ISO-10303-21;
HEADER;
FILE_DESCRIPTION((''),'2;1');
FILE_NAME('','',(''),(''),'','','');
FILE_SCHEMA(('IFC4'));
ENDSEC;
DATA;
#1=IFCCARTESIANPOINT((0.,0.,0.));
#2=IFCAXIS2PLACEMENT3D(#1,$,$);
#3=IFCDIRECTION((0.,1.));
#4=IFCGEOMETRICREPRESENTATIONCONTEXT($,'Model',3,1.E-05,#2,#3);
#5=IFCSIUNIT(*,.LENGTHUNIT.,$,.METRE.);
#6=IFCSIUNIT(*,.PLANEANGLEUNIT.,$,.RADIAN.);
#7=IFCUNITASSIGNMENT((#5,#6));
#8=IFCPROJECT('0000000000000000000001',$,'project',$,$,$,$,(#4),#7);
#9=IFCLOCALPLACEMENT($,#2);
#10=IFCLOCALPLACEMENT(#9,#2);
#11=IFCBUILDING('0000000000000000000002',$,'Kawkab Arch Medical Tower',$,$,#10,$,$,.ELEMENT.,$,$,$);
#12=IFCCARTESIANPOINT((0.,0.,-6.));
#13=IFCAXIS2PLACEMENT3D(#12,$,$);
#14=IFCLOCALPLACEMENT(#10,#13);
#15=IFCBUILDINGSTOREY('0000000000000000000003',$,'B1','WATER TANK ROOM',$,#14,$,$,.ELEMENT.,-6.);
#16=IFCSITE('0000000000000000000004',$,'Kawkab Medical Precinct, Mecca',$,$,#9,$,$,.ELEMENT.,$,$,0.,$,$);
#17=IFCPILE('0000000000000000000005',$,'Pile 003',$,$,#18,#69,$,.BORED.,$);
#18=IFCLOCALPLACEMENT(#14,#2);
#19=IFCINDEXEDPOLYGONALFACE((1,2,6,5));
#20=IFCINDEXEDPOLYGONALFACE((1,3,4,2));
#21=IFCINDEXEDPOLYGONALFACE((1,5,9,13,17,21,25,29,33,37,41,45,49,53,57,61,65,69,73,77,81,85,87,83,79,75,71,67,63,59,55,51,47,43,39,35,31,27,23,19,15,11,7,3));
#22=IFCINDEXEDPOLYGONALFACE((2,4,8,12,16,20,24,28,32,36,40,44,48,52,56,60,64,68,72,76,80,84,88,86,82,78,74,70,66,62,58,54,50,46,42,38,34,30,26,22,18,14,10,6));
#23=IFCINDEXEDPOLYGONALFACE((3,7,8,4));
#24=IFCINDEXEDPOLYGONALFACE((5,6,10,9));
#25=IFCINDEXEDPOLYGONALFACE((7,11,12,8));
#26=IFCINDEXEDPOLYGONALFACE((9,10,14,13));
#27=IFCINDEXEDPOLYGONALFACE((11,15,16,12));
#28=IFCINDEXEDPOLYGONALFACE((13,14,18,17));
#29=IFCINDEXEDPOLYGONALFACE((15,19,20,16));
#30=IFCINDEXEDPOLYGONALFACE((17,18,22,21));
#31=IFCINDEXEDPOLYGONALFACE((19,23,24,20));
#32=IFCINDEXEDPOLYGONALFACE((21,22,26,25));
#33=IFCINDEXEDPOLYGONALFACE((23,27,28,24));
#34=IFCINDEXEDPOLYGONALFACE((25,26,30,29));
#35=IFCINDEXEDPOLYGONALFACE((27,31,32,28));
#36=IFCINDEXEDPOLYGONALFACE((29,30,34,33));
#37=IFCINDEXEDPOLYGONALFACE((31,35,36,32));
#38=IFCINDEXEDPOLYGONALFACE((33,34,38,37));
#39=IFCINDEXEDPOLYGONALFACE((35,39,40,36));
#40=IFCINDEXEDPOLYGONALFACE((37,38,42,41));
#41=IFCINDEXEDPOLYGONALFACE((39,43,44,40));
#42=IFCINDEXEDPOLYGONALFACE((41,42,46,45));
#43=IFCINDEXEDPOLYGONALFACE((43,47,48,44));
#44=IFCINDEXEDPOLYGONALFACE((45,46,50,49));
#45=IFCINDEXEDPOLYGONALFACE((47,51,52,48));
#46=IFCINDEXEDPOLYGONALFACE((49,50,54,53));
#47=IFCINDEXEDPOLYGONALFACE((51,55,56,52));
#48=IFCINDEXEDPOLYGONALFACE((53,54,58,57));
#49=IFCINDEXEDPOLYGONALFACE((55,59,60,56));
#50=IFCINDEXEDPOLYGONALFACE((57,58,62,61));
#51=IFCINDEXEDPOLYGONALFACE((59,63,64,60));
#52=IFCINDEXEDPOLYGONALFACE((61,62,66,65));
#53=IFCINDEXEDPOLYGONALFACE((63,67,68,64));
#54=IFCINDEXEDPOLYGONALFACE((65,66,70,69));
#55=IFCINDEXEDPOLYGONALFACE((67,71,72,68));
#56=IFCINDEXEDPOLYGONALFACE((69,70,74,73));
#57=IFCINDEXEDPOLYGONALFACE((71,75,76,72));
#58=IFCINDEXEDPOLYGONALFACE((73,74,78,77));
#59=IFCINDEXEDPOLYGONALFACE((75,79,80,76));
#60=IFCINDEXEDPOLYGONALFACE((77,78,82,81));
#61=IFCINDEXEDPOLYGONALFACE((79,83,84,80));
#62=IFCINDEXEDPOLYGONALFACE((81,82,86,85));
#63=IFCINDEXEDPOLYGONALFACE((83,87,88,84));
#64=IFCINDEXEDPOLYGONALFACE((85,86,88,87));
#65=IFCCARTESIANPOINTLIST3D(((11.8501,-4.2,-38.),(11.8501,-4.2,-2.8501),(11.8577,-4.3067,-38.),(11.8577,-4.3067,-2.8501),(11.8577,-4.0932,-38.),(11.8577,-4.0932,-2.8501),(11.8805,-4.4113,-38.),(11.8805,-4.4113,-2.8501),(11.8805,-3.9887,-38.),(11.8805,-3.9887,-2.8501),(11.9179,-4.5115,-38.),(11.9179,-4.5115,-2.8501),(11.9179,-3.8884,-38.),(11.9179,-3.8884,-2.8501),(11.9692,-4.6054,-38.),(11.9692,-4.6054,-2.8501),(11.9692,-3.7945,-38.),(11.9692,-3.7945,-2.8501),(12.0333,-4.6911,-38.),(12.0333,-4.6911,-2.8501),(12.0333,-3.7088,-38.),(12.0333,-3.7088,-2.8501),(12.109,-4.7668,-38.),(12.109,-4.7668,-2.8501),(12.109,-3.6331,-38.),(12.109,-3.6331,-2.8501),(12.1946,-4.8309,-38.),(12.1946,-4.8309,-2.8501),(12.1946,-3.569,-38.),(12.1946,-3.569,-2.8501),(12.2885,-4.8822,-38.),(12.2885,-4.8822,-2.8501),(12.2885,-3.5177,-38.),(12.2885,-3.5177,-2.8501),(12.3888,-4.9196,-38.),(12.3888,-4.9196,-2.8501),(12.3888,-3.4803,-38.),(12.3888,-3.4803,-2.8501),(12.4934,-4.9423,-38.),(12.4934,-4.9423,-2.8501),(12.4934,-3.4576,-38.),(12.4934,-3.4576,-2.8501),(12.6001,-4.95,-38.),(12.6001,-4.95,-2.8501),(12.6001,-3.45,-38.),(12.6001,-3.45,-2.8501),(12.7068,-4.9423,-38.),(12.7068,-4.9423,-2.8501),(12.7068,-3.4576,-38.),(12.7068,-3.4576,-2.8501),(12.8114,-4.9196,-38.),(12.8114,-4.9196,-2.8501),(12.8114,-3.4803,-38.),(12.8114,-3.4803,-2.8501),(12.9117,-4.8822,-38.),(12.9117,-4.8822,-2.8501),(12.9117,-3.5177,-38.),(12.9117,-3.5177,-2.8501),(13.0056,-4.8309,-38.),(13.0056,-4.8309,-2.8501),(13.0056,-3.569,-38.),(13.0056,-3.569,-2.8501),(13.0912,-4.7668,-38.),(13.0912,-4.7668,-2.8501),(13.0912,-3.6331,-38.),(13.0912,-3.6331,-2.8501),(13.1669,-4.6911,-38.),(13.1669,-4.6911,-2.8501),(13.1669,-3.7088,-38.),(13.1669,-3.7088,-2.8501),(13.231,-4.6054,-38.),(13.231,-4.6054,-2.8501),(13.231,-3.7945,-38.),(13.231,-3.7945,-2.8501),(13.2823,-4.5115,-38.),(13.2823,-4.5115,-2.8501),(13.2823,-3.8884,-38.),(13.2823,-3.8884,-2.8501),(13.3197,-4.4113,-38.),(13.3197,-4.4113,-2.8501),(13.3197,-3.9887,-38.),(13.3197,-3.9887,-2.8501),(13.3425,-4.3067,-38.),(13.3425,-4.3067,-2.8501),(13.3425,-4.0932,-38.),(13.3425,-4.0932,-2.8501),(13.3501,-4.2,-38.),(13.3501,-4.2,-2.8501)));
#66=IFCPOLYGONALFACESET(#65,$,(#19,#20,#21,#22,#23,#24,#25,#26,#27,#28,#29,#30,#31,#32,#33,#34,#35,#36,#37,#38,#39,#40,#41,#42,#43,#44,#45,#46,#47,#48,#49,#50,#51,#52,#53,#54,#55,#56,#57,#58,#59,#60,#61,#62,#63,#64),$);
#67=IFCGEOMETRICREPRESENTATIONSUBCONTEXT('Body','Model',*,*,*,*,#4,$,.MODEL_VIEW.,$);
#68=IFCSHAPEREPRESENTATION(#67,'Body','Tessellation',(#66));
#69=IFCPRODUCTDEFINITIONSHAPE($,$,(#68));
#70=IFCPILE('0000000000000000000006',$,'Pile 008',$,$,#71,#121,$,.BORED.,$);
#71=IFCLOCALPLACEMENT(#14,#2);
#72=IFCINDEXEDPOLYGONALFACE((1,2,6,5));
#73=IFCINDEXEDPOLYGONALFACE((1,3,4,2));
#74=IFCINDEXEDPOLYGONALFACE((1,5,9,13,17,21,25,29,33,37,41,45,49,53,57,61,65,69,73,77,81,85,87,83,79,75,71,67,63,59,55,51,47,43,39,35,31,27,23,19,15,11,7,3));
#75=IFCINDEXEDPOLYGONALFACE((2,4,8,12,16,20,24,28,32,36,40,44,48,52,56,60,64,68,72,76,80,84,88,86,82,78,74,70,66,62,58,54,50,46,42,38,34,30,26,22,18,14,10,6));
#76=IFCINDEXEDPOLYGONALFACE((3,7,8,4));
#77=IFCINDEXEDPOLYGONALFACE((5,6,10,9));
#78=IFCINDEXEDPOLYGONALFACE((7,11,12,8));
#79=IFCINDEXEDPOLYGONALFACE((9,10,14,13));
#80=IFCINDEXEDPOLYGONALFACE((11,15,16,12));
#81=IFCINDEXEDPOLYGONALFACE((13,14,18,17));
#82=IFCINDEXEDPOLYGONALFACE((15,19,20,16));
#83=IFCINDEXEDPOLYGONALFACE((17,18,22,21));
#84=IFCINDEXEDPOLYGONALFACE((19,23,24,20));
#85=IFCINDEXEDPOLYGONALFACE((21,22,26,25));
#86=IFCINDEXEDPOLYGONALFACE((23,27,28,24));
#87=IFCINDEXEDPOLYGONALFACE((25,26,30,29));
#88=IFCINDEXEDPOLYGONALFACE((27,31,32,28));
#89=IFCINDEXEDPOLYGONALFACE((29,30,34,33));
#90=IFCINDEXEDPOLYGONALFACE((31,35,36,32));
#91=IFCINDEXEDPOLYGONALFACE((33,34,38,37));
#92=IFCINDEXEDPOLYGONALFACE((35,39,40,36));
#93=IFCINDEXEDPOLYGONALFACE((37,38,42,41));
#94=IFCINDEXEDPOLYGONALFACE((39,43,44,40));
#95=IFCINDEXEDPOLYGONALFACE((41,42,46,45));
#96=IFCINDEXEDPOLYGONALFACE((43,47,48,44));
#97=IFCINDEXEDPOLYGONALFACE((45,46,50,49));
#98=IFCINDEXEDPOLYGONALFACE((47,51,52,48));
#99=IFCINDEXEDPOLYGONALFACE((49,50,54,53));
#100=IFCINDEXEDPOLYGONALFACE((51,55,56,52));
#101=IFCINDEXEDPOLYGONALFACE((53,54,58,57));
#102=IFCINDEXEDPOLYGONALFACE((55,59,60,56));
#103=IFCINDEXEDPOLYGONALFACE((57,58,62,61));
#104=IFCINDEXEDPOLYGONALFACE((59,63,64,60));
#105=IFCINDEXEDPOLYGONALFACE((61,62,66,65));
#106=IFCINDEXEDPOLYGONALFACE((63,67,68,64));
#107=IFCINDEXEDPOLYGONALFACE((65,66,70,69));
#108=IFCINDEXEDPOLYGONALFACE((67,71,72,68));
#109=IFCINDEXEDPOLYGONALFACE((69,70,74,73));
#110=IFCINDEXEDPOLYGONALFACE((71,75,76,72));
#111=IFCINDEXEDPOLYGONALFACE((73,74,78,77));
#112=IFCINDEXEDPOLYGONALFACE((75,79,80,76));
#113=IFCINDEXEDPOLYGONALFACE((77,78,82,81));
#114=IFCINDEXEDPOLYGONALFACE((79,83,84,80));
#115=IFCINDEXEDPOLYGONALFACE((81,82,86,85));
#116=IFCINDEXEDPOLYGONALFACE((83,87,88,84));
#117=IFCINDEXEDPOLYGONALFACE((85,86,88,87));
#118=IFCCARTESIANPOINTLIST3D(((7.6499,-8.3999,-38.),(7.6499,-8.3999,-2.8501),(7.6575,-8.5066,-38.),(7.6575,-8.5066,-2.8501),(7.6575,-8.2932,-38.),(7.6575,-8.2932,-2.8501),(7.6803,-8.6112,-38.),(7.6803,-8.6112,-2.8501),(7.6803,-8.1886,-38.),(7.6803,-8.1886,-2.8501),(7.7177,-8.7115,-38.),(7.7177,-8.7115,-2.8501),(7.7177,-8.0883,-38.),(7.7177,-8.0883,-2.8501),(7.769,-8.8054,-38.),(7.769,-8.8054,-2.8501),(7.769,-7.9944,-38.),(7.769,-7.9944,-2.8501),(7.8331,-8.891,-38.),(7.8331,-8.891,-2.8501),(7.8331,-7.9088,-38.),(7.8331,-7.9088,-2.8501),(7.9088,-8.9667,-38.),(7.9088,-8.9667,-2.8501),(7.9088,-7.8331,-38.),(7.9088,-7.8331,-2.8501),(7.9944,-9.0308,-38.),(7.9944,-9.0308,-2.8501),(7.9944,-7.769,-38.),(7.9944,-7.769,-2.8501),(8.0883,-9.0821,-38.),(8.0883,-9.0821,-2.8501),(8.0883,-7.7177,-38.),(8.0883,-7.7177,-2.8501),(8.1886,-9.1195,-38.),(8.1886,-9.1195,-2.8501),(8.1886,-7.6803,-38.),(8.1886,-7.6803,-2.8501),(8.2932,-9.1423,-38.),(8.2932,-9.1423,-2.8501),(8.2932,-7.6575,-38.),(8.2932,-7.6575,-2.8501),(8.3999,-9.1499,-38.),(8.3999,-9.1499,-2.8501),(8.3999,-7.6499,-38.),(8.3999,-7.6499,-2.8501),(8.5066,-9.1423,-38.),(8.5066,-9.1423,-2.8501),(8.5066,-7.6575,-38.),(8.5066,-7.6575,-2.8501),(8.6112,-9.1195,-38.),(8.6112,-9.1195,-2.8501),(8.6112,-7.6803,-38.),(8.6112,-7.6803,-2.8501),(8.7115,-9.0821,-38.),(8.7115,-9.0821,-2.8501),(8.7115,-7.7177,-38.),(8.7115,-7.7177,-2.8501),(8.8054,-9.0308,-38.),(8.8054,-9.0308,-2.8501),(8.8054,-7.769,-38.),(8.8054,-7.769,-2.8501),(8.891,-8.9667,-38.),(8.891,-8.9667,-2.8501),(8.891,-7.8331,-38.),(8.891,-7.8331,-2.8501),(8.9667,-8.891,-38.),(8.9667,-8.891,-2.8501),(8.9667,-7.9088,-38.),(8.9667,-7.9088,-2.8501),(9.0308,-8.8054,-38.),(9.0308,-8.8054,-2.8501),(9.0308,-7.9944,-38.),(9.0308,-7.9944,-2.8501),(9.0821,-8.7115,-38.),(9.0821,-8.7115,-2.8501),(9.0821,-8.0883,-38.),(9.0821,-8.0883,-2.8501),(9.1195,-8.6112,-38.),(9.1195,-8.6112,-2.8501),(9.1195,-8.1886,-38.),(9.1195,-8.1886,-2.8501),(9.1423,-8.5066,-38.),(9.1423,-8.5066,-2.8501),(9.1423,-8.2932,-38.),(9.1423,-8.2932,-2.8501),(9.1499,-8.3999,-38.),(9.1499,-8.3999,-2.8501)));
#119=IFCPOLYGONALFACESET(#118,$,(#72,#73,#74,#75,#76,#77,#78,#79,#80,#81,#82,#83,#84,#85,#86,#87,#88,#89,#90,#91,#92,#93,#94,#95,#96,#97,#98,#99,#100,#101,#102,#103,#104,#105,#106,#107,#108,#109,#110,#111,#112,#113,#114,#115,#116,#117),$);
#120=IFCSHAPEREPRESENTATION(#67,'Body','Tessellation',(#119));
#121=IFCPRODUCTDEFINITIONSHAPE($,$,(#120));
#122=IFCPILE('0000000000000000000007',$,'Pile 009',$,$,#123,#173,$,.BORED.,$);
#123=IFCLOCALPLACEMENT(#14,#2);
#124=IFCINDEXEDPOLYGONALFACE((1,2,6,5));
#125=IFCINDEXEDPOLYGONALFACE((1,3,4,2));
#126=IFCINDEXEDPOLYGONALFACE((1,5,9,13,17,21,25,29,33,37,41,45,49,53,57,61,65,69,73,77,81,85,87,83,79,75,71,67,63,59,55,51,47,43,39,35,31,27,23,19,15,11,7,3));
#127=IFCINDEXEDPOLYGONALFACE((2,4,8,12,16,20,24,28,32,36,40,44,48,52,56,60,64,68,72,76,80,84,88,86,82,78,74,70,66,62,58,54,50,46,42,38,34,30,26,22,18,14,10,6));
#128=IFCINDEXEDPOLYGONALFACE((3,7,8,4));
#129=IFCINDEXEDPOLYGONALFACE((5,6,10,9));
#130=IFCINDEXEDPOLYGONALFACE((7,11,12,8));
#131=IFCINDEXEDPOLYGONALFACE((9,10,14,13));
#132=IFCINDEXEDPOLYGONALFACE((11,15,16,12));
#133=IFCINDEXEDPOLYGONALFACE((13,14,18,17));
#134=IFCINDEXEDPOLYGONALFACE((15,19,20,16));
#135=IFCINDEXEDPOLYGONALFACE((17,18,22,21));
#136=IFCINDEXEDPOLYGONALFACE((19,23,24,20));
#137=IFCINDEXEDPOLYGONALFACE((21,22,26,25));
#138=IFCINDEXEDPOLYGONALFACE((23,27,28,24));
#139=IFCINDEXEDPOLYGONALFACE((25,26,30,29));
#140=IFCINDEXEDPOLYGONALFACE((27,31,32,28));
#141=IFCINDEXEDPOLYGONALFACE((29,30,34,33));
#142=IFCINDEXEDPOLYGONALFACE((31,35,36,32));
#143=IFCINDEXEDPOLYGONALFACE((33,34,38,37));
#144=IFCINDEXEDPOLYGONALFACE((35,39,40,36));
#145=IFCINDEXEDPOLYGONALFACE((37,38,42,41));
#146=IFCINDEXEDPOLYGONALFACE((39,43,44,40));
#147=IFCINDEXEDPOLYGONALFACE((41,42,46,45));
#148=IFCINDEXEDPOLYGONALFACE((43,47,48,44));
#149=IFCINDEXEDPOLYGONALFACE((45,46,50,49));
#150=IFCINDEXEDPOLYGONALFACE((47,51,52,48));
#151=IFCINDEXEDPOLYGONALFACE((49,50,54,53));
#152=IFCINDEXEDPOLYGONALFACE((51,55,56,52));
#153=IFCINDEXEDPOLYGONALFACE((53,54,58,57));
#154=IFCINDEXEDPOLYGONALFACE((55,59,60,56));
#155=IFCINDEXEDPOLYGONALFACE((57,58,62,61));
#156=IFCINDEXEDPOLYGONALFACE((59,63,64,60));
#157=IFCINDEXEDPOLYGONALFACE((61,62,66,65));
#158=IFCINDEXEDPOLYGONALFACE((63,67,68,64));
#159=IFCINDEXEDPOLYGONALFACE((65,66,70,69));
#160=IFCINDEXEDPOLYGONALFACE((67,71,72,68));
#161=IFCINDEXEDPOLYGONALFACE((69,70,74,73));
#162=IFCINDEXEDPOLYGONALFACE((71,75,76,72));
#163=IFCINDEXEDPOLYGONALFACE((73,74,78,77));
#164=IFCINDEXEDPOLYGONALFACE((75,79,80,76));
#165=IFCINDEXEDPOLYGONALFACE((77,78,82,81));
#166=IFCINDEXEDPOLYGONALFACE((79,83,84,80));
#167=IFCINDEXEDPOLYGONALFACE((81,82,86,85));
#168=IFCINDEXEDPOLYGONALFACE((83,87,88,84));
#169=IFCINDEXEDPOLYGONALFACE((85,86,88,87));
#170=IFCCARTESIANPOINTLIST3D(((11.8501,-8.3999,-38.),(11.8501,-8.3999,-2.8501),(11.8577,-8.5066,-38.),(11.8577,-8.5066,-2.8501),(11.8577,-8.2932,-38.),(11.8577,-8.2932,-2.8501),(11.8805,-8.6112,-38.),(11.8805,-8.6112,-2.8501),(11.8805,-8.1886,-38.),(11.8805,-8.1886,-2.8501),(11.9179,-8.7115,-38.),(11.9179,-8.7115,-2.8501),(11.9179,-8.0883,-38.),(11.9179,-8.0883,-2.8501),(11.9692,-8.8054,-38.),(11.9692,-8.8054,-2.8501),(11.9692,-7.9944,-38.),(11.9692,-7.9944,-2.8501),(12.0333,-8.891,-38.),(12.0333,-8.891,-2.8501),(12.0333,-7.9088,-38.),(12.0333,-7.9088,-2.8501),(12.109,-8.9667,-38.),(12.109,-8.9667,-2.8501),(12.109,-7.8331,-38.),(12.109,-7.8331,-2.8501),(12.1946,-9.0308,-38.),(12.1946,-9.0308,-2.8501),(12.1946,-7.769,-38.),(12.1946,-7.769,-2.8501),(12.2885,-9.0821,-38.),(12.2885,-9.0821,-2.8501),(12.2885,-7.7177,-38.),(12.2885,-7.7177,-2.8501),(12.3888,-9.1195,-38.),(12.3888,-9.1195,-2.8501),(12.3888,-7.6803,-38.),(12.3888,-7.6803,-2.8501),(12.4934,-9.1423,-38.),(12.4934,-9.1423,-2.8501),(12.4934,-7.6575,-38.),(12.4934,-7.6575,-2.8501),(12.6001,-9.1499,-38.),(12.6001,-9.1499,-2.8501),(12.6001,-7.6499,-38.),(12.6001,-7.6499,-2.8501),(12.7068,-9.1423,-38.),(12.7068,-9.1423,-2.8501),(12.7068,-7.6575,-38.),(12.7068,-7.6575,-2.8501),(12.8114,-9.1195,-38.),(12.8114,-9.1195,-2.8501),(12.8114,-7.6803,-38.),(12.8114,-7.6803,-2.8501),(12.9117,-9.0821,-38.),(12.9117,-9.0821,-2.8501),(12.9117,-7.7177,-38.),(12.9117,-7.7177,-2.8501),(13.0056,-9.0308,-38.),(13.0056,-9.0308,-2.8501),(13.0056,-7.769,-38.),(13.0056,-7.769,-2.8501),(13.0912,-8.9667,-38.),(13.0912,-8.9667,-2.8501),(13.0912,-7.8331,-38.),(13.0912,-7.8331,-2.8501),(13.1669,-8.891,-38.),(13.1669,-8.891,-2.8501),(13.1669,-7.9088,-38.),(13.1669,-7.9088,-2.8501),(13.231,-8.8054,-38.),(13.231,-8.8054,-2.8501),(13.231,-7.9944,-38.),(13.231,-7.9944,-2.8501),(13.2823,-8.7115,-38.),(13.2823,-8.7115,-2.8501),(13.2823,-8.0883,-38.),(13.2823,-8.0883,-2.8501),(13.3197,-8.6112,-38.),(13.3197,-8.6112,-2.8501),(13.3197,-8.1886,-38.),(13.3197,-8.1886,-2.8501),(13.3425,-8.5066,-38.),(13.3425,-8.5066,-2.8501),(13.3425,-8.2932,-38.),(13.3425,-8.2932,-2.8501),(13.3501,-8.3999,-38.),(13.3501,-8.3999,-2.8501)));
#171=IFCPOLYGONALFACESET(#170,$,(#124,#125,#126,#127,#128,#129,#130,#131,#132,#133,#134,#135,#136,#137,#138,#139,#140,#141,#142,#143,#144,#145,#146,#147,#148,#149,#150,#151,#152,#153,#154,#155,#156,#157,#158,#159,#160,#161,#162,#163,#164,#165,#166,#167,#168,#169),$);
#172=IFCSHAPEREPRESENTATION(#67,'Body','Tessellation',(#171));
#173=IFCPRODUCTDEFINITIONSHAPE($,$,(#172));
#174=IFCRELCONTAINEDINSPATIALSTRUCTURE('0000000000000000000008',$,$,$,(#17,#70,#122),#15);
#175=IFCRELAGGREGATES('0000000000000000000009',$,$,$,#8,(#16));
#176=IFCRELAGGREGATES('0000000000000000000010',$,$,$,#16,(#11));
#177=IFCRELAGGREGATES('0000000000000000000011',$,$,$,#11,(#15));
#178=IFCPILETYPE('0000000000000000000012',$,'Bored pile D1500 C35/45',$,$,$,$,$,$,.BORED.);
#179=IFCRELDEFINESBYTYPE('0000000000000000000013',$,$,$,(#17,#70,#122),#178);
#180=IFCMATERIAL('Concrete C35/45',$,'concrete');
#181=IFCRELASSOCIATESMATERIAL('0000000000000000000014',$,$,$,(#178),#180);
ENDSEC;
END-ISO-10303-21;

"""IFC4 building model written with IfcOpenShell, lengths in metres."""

from ifc_helpers import new_model, si_unit, direction, frame, origin, origin_2d, place, context, subcontext, project, spatial, circle, extrude, material, material_profile, profile_set, type_object, element, save


model = new_model("IFC4")

# Units and contexts
model_context = context("Model", 3, precision=1e-05, world=origin(), true_north=direction((0.0, 1.0)))
body_context = subcontext(model_context, "Body", "Model", "MODEL_VIEW")
ifc_project = project(units=[si_unit("LENGTHUNIT", "METRE"), si_unit("PLANEANGLEUNIT", "RADIAN")], contexts=[model_context])

# Site, building, storey
site_placement = place(None, origin())
site = spatial("IfcSite", under=ifc_project, at=site_placement, Name="Kawkab Medical Precinct, Mecca", CompositionType="ELEMENT", RefElevation=0.0)
building_placement = place(site_placement, origin())
building = spatial("IfcBuilding", under=site, at=building_placement, Name="Kawkab Arch Medical Tower", CompositionType="ELEMENT")
storey_placement = place(building_placement, frame((0.0, 0.0, -6.0)))
storey = spatial("IfcBuildingStorey", under=building, at=storey_placement, Name="B1", Description="WATER TANK ROOM", CompositionType="ELEMENT", Elevation=-6.0)

# Piles
ifc_material_1 = material(Name="Concrete C35/45", Category="concrete")
ifc_material_profile_1 = material_profile(ifc_material_1, circle(Radius=0.75, at=origin_2d()), Name="Bored pile D1500")
ifc_profile_set_1 = profile_set([ifc_material_profile_1], Name="Concrete C35/45")
pile_type_1 = type_object("IfcPileType", Name="Bored pile D1500 C35/45", PredefinedType="BORED", material=ifc_profile_set_1)
for number, where, z_axis, x_axis, name in (
    (1, (12.6001, -4.2, -2.8501), (0.0, 0.0, -1.0), (1.0, 0.0, 0.0), "Pile 003"),
    (2, (8.3999, -8.3999, -2.8501), (0.0, 0.0, -1.0), (1.0, 0.0, 0.0), "Pile 008"),
    (3, (12.6001, -8.3999, -2.8501), (0.0, 0.0, -1.0), (1.0, 0.0, 0.0), "Pile 009"),
):
    element("IfcPile", number, at=place(storey_placement, frame(where, z_axis=z_axis, x_axis=x_axis)), inside=storey, type_object=pile_type_1, Name=name, PredefinedType="BORED", context=body_context, shape_type="SweptSolid", body=[
        extrude(circle(Radius=0.75, at=origin_2d()), origin(), (0.0, 0.0, 1.0), 35.1499),
    ])

save(model, "model.ifc")
